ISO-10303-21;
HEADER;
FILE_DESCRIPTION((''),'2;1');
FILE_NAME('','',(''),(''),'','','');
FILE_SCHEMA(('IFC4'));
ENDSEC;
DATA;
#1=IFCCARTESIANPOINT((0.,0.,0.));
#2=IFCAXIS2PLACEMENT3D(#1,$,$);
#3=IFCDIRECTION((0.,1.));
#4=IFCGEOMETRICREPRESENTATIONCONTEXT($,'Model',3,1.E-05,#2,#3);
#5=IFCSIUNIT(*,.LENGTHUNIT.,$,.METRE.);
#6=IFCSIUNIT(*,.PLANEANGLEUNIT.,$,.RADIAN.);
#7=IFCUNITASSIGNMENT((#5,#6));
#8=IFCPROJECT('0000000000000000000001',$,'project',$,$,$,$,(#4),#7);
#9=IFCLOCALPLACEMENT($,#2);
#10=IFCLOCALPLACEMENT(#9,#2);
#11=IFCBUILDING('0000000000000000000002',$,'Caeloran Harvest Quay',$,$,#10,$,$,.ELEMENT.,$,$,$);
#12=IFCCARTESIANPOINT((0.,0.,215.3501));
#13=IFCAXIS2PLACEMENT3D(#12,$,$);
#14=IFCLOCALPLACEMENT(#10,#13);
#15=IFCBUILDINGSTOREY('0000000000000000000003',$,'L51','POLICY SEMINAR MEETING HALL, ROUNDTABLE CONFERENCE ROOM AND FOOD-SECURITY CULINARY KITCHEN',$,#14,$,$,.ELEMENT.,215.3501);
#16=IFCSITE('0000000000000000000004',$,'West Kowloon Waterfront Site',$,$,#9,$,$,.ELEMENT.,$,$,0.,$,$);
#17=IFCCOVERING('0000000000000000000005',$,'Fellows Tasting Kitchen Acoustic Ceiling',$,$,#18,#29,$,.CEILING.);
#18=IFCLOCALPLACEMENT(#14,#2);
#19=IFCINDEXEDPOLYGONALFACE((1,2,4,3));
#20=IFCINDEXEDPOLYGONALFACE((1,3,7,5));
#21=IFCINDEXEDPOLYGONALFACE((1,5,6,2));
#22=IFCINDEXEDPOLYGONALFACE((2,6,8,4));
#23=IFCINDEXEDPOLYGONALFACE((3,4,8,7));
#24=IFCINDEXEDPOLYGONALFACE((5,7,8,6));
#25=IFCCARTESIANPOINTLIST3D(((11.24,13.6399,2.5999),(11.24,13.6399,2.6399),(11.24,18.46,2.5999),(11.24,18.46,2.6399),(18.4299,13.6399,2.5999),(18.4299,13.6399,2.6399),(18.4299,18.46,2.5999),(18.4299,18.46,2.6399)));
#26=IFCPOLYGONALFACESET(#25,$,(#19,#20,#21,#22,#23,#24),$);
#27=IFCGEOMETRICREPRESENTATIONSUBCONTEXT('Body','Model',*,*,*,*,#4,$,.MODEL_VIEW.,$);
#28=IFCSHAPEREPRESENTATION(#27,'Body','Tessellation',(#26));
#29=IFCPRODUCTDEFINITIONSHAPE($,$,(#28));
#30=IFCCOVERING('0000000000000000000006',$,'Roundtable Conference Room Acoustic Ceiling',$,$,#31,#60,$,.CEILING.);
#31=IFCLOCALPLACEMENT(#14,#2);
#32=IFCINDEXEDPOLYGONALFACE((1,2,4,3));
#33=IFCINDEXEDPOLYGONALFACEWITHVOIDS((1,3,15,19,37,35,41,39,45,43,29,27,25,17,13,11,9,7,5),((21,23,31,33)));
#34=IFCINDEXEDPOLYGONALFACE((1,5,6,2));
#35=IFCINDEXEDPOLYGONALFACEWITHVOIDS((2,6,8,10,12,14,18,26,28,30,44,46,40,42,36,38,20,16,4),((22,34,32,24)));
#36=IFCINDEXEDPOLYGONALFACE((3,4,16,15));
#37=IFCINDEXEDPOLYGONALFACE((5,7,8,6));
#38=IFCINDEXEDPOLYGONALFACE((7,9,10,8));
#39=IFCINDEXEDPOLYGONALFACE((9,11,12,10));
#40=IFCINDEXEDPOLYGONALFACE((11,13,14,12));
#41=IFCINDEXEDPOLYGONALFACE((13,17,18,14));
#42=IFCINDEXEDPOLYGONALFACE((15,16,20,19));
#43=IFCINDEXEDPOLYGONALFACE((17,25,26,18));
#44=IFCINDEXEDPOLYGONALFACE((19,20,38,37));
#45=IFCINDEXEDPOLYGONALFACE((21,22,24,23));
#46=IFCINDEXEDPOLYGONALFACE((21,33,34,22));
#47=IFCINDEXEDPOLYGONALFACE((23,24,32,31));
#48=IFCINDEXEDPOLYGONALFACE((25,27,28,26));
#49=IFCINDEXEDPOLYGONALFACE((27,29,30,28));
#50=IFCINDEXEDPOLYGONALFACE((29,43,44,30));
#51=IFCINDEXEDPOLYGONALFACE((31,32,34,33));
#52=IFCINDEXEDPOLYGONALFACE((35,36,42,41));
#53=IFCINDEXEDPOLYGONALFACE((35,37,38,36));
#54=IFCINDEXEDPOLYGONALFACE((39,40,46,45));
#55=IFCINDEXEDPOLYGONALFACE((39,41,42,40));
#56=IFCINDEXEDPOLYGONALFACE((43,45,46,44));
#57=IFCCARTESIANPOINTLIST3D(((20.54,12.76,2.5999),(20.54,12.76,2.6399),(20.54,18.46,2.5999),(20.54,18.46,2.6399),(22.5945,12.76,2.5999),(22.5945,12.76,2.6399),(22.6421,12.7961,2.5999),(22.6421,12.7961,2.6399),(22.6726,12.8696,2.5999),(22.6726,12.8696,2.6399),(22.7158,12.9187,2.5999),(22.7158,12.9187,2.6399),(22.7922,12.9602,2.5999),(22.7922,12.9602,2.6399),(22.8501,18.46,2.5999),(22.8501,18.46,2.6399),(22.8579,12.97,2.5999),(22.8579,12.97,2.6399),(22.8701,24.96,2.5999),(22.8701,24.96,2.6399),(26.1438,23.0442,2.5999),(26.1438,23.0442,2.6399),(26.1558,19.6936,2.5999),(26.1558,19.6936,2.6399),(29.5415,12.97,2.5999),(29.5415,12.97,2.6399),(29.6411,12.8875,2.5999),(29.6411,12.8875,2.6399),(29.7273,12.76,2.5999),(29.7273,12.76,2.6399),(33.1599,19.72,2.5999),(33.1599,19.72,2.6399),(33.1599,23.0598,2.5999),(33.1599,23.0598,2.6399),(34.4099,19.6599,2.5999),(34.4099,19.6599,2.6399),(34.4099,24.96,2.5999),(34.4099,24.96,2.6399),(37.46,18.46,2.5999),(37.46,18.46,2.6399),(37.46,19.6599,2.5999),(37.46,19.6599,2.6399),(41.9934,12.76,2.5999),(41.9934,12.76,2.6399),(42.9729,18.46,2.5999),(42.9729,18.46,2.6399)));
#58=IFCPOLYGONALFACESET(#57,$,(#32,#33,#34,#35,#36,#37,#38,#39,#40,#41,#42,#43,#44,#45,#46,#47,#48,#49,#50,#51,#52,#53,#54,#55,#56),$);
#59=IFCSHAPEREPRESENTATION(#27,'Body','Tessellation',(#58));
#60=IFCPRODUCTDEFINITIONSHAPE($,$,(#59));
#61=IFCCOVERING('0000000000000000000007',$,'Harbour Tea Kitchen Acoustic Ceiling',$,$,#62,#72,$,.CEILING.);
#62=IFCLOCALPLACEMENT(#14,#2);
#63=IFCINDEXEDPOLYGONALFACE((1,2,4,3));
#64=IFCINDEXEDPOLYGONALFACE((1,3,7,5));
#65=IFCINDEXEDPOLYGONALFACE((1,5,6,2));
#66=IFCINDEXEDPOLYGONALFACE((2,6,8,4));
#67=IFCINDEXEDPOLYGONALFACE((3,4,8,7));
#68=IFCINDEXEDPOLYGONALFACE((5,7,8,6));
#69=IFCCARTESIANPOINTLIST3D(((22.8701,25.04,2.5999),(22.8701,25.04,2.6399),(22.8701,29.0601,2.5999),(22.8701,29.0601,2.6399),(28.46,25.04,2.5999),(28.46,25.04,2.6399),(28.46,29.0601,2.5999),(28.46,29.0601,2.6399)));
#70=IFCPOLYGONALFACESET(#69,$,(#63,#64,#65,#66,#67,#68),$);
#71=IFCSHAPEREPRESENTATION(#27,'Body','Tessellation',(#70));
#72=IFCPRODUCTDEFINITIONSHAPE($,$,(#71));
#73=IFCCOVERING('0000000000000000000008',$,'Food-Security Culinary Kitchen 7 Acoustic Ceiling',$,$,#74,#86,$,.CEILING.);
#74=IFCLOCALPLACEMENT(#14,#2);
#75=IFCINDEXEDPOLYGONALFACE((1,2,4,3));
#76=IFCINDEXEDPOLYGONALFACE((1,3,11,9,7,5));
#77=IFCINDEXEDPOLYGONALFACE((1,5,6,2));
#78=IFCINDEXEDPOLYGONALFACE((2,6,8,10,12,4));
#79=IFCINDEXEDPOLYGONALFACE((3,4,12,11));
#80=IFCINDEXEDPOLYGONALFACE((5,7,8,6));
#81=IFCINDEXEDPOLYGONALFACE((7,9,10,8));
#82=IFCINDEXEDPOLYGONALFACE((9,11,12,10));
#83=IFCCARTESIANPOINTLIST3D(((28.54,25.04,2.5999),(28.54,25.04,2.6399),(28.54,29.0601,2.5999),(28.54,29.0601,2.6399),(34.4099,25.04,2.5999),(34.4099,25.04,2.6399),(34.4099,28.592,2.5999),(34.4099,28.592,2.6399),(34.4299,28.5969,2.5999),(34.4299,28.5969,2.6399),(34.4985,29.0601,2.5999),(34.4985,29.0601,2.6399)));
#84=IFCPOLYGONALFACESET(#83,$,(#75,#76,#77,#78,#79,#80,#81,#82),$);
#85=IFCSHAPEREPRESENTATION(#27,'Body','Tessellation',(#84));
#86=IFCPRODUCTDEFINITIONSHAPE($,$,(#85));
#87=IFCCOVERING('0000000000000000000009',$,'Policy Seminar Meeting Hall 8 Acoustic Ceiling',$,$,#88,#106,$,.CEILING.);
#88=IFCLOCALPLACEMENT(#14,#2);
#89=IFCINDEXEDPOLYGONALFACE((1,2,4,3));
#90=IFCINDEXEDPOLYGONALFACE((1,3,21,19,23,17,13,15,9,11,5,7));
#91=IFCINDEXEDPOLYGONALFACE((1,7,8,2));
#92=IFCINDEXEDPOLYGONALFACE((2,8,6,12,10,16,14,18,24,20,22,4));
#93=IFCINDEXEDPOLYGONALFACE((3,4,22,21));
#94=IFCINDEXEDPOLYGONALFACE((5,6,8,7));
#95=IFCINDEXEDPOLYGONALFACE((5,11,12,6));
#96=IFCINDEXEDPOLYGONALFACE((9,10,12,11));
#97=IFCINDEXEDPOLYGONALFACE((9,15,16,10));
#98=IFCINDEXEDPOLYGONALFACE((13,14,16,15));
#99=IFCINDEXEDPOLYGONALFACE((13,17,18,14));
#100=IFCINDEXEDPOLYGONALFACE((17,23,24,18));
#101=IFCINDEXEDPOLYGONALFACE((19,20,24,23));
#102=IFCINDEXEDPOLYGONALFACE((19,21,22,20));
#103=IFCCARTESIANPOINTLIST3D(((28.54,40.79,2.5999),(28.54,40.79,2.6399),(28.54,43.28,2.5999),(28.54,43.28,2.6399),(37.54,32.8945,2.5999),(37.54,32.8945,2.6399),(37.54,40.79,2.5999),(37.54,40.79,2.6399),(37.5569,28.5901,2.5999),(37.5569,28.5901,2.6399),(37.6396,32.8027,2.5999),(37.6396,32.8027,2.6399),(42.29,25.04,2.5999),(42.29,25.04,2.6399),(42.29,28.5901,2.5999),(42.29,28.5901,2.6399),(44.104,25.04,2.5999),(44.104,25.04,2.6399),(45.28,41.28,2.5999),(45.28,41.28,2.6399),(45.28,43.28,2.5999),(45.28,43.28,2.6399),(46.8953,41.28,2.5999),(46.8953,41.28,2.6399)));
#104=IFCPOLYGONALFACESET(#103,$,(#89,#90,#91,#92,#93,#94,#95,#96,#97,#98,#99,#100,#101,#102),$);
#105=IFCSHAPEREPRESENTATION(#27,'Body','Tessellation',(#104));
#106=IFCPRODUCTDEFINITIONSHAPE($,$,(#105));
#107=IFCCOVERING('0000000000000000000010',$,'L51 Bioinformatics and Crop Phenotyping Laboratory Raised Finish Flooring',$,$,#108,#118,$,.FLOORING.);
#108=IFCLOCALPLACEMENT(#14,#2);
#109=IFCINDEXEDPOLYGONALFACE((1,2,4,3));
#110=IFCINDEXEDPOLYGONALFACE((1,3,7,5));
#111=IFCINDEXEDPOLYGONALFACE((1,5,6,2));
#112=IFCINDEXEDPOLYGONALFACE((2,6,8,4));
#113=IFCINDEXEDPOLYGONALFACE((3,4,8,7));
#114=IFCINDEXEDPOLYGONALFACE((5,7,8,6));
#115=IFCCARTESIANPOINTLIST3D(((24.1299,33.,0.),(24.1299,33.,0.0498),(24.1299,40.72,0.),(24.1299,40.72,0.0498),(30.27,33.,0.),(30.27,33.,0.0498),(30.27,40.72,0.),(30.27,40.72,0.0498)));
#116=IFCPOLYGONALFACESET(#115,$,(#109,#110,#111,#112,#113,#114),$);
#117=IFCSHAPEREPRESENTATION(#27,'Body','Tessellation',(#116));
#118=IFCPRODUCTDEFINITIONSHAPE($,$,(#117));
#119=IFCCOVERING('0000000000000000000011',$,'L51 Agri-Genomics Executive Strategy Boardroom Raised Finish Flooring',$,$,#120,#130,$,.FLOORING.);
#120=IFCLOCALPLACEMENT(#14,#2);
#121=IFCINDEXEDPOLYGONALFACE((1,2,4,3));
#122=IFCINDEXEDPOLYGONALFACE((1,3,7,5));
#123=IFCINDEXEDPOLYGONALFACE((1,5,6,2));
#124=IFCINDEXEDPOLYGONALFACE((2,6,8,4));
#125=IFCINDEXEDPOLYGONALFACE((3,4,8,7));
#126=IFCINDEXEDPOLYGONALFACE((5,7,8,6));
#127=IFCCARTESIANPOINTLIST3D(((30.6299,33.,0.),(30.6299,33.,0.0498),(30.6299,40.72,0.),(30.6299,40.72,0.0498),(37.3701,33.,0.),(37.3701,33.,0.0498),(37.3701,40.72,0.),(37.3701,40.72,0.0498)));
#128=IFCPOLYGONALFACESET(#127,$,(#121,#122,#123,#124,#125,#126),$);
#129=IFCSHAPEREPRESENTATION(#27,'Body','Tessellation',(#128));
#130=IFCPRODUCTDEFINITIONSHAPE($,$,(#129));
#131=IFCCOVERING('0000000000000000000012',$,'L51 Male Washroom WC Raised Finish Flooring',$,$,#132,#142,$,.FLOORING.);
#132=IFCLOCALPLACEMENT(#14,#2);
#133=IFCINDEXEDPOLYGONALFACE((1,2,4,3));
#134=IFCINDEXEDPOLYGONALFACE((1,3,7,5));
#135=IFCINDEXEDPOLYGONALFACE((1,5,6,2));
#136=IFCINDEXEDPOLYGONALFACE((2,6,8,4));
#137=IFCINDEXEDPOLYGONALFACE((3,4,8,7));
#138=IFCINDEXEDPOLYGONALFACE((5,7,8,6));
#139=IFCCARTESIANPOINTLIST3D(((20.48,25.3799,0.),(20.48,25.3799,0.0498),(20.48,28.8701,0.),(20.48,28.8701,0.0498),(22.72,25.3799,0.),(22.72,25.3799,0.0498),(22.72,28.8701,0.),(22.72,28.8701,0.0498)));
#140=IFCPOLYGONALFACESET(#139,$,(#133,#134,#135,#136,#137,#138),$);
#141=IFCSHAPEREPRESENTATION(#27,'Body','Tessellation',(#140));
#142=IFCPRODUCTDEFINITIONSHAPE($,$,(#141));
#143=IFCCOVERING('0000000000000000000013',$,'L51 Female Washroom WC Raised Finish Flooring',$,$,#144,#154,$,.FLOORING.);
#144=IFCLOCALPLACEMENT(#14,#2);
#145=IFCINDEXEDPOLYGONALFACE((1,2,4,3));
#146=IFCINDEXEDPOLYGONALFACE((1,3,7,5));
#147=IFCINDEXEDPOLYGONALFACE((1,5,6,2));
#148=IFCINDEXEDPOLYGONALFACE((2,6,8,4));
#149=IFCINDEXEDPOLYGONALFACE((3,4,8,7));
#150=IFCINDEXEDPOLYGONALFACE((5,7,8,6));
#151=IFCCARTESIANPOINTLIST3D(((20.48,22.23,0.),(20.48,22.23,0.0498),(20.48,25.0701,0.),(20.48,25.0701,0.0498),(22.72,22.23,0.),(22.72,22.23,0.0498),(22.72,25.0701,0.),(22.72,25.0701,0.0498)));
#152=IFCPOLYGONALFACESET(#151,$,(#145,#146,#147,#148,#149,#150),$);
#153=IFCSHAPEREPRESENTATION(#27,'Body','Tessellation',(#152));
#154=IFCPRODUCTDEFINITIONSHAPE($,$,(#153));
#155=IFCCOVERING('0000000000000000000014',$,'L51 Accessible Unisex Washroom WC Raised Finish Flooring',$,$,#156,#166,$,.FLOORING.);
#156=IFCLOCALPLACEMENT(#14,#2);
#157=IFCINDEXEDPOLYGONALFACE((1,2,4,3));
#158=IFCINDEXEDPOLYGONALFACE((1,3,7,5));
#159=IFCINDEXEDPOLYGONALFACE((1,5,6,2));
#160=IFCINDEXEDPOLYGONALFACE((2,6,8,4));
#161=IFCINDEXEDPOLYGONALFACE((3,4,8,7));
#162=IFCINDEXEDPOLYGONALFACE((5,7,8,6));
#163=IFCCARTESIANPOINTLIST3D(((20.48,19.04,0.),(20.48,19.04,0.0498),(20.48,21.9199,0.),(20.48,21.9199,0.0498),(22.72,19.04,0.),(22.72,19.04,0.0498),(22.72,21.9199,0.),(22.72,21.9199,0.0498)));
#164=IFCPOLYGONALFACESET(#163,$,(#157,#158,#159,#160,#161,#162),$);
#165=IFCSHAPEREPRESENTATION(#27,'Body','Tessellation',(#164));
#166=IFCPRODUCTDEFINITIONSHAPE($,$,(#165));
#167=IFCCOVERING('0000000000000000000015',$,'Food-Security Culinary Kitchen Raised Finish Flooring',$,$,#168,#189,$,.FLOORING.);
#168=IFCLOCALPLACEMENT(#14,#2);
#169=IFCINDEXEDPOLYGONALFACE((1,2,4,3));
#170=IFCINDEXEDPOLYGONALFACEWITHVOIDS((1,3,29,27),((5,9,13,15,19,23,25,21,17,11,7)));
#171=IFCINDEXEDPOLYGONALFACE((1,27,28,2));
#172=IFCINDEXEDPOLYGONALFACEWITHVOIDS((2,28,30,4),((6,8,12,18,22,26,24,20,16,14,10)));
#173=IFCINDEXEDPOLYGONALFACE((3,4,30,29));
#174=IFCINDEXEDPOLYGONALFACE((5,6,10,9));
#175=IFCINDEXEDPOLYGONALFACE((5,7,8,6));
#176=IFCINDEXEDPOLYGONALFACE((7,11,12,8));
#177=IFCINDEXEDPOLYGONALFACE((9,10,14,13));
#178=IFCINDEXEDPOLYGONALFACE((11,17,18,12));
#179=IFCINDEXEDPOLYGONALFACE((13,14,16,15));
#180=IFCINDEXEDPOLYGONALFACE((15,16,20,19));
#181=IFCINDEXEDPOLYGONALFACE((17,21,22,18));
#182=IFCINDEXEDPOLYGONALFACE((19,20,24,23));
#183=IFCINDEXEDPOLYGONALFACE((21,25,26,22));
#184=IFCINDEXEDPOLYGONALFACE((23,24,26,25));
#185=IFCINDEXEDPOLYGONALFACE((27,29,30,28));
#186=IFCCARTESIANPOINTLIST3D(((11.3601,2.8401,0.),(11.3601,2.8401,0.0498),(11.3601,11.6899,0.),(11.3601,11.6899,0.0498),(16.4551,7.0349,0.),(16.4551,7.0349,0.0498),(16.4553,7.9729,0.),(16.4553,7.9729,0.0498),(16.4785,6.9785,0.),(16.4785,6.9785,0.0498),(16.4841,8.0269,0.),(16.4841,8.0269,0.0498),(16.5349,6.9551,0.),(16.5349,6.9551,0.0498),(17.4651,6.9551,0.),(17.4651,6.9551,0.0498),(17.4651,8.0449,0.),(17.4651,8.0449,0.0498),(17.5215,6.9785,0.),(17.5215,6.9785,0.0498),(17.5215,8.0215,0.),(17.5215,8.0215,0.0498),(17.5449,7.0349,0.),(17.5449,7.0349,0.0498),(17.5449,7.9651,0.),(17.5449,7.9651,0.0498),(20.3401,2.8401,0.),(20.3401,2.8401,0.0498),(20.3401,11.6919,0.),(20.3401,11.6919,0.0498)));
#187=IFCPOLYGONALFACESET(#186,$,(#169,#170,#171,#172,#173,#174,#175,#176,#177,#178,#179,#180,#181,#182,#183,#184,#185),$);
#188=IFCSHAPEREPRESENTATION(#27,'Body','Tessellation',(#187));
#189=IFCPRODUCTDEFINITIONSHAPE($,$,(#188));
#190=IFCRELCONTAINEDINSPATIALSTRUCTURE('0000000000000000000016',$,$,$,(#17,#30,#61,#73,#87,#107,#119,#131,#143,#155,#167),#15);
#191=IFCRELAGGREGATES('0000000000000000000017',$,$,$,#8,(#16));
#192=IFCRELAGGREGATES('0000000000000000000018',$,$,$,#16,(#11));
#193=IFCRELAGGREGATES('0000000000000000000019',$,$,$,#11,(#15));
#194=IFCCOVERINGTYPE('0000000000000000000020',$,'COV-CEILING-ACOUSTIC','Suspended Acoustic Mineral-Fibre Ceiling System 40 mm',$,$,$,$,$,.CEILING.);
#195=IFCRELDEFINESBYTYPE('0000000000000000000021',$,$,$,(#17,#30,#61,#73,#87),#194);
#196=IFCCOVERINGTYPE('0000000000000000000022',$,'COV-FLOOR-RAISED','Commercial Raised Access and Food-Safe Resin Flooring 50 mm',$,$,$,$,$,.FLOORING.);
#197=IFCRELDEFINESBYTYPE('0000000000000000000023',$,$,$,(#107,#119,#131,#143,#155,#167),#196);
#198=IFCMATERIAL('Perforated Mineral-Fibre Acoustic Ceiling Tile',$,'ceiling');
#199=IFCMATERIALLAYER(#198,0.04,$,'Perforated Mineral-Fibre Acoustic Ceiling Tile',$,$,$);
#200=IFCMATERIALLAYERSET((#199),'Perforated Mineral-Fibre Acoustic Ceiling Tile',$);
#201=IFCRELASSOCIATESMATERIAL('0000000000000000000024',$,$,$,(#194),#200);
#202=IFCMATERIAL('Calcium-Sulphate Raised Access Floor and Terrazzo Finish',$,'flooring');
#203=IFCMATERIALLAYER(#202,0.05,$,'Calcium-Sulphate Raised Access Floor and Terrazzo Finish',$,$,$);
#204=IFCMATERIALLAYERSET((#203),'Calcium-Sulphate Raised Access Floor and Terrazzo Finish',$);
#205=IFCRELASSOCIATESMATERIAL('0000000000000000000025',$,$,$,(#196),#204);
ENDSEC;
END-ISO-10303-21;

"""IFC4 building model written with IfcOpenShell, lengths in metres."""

from ifc_helpers import new_model, si_unit, direction, frame, origin, place, context, subcontext, project, spatial, polyline, outline, extrude, material, layer, layer_set, type_object, element, save


model = new_model("IFC4")

# Units and contexts
model_context = context("Model", 3, precision=1e-05, world=origin(), true_north=direction((0.0, 1.0)))
body_context = subcontext(model_context, "Body", "Model", "MODEL_VIEW")
ifc_project = project(units=[si_unit("LENGTHUNIT", "METRE"), si_unit("PLANEANGLEUNIT", "RADIAN")], contexts=[model_context])

# Site, building, storey
site_placement = place(None, origin())
site = spatial("IfcSite", under=ifc_project, at=site_placement, Name="West Kowloon Waterfront Site", CompositionType="ELEMENT", RefElevation=0.0)
building_placement = place(site_placement, origin())
building = spatial("IfcBuilding", under=site, at=building_placement, Name="Caeloran Harvest Quay", CompositionType="ELEMENT")
storey_placement = place(building_placement, frame((0.0, 0.0, 215.3501)))
storey = spatial("IfcBuildingStorey", under=building, at=storey_placement, Name="L51", Description="POLICY SEMINAR MEETING HALL, ROUNDTABLE CONFERENCE ROOM AND FOOD-SECURITY CULINARY KITCHEN", CompositionType="ELEMENT", Elevation=215.3501)

# Coverings
ifc_material_1 = material(Name="Perforated Mineral-Fibre Acoustic Ceiling Tile", Category="ceiling")
ifc_layer_1 = layer(ifc_material_1, 0.04, Name="Perforated Mineral-Fibre Acoustic Ceiling Tile")
ifc_layer_set_1 = layer_set([ifc_layer_1], Name="Perforated Mineral-Fibre Acoustic Ceiling Tile")
covering_type_1 = type_object("IfcCoveringType", Name="COV-CEILING-ACOUSTIC", Description="Suspended Acoustic Mineral-Fibre Ceiling System 40 mm", PredefinedType="CEILING", material=ifc_layer_set_1)
covering_1_placement = place(storey_placement, frame((0.0, 0.0, 2.5999)))
element("IfcCovering", 1, at=covering_1_placement, inside=storey, type_object=covering_type_1, Name="Fellows Tasting Kitchen Acoustic Ceiling", PredefinedType="CEILING", context=body_context, shape_type="SweptSolid", body=[
    extrude(outline(polyline([(18.4299, 13.6399), (11.24, 13.6399), (11.24, 18.46), (18.4299, 18.46), (18.4299, 13.6399)])), origin(), (0.0, 0.0, 1.0), 0.04),
])
covering_2_placement = place(storey_placement, frame((0.0, 0.0, 2.5999)))
element("IfcCovering", 2, at=covering_2_placement, inside=storey, type_object=covering_type_1, Name="Roundtable Conference Room Acoustic Ceiling", PredefinedType="CEILING", context=body_context, shape_type="SweptSolid", body=[
    extrude(outline(polyline([(22.5945, 12.76), (20.54, 12.76), (20.54, 18.46), (22.8501, 18.46), (22.8701, 24.96), (34.4099, 24.96), (34.4099, 19.6599), (37.46, 19.6599), (37.46, 18.46), (42.9729, 18.46), (41.9934, 12.76), (29.7273, 12.76), (29.6411, 12.8875), (29.5415, 12.97), (22.8579, 12.97), (22.7922, 12.9602), (22.7158, 12.9187), (22.6726, 12.8696), (22.6421, 12.7961), (22.5945, 12.76)]), holes=[polyline([(33.1599, 19.72), (33.1599, 23.0598), (26.1438, 23.0442), (26.1558, 19.6936), (33.1599, 19.72)])]), origin(), (0.0, 0.0, 1.0), 0.04),
])
covering_3_placement = place(storey_placement, frame((0.0, 0.0, 2.5999)))
element("IfcCovering", 3, at=covering_3_placement, inside=storey, type_object=covering_type_1, Name="Harbour Tea Kitchen Acoustic Ceiling", PredefinedType="CEILING", context=body_context, shape_type="SweptSolid", body=[
    extrude(outline(polyline([(22.8701, 25.04), (22.8701, 29.0601), (28.46, 29.0601), (28.46, 25.04), (22.8701, 25.04)])), origin(), (0.0, 0.0, 1.0), 0.04),
])
covering_4_placement = place(storey_placement, frame((0.0, 0.0, 2.5999)))
element("IfcCovering", 4, at=covering_4_placement, inside=storey, type_object=covering_type_1, Name="Food-Security Culinary Kitchen 7 Acoustic Ceiling", PredefinedType="CEILING", context=body_context, shape_type="SweptSolid", body=[
    extrude(outline(polyline([(34.4099, 28.592), (34.4099, 25.04), (28.54, 25.04), (28.54, 29.0601), (34.4985, 29.0601), (34.4299, 28.5969), (34.4099, 28.592)])), origin(), (0.0, 0.0, 1.0), 0.04),
])
covering_5_placement = place(storey_placement, frame((0.0, 0.0, 2.5999)))
element("IfcCovering", 5, at=covering_5_placement, inside=storey, type_object=covering_type_1, Name="Policy Seminar Meeting Hall 8 Acoustic Ceiling", PredefinedType="CEILING", context=body_context, shape_type="SweptSolid", body=[
    extrude(outline(polyline([(45.28, 41.28), (46.8953, 41.28), (44.104, 25.04), (42.29, 25.04), (42.29, 28.5901), (37.5569, 28.5901), (37.6396, 32.8027), (37.54, 32.8945), (37.54, 40.79), (28.54, 40.79), (28.54, 43.28), (45.28, 43.28), (45.28, 41.28)])), origin(), (0.0, 0.0, 1.0), 0.04),
])
ifc_material_2 = material(Name="Calcium-Sulphate Raised Access Floor and Terrazzo Finish", Category="flooring")
ifc_layer_2 = layer(ifc_material_2, 0.05, Name="Calcium-Sulphate Raised Access Floor and Terrazzo Finish")
ifc_layer_set_2 = layer_set([ifc_layer_2], Name="Calcium-Sulphate Raised Access Floor and Terrazzo Finish")
covering_type_2 = type_object("IfcCoveringType", Name="COV-FLOOR-RAISED", Description="Commercial Raised Access and Food-Safe Resin Flooring 50 mm", PredefinedType="FLOORING", material=ifc_layer_set_2)
covering_6_placement = place(storey_placement, origin())
element("IfcCovering", 6, at=covering_6_placement, inside=storey, type_object=covering_type_2, Name="L51 Bioinformatics and Crop Phenotyping Laboratory Raised Finish Flooring", PredefinedType="FLOORING", context=body_context, shape_type="SweptSolid", body=[
    extrude(outline(polyline([(30.27, 40.72), (30.27, 33.0), (24.1299, 33.0), (24.1299, 40.72), (30.27, 40.72)])), origin(), (0.0, 0.0, 1.0), 0.0498),
])
covering_7_placement = place(storey_placement, origin())
element("IfcCovering", 7, at=covering_7_placement, inside=storey, type_object=covering_type_2, Name="L51 Agri-Genomics Executive Strategy Boardroom Raised Finish Flooring", PredefinedType="FLOORING", context=body_context, shape_type="SweptSolid", body=[
    extrude(outline(polyline([(37.3701, 40.72), (37.3701, 33.0), (30.6299, 33.0), (30.6299, 40.72), (37.3701, 40.72)])), origin(), (0.0, 0.0, 1.0), 0.0498),
])
covering_8_placement = place(storey_placement, origin())
element("IfcCovering", 8, at=covering_8_placement, inside=storey, type_object=covering_type_2, Name="L51 Male Washroom WC Raised Finish Flooring", PredefinedType="FLOORING", context=body_context, shape_type="SweptSolid", body=[
    extrude(outline(polyline([(22.72, 28.8701), (22.72, 25.3799), (20.48, 25.3799), (20.48, 28.8701), (22.72, 28.8701)])), origin(), (0.0, 0.0, 1.0), 0.0498),
])
covering_9_placement = place(storey_placement, origin())
element("IfcCovering", 9, at=covering_9_placement, inside=storey, type_object=covering_type_2, Name="L51 Female Washroom WC Raised Finish Flooring", PredefinedType="FLOORING", context=body_context, shape_type="SweptSolid", body=[
    extrude(outline(polyline([(22.72, 25.0701), (22.72, 22.23), (20.48, 22.23), (20.48, 25.0701), (22.72, 25.0701)])), origin(), (0.0, 0.0, 1.0), 0.0498),
])
covering_10_placement = place(storey_placement, origin())
element("IfcCovering", 10, at=covering_10_placement, inside=storey, type_object=covering_type_2, Name="L51 Accessible Unisex Washroom WC Raised Finish Flooring", PredefinedType="FLOORING", context=body_context, shape_type="SweptSolid", body=[
    extrude(outline(polyline([(22.72, 21.9199), (22.72, 19.04), (20.48, 19.04), (20.48, 21.9199), (22.72, 21.9199)])), origin(), (0.0, 0.0, 1.0), 0.0498),
])
covering_11_placement = place(storey_placement, origin())
element("IfcCovering", 11, at=covering_11_placement, inside=storey, type_object=covering_type_2, Name="Food-Security Culinary Kitchen Raised Finish Flooring", PredefinedType="FLOORING", context=body_context, shape_type="SweptSolid", body=[
    extrude(outline(polyline([(11.3601, 2.8401), (11.3601, 11.6899), (20.3401, 11.6919), (20.3401, 2.8401), (11.3601, 2.8401)]), holes=[polyline([(17.4651, 8.0449), (16.4841, 8.0269), (16.4553, 7.9729), (16.4551, 7.0349), (16.4785, 6.9785), (16.5349, 6.9551), (17.4651, 6.9551), (17.5215, 6.9785), (17.5449, 7.0349), (17.5449, 7.9651), (17.5215, 8.0215), (17.4651, 8.0449)])]), origin(), (0.0, 0.0, 1.0), 0.0498),
])

save(model, "model.ifc")
